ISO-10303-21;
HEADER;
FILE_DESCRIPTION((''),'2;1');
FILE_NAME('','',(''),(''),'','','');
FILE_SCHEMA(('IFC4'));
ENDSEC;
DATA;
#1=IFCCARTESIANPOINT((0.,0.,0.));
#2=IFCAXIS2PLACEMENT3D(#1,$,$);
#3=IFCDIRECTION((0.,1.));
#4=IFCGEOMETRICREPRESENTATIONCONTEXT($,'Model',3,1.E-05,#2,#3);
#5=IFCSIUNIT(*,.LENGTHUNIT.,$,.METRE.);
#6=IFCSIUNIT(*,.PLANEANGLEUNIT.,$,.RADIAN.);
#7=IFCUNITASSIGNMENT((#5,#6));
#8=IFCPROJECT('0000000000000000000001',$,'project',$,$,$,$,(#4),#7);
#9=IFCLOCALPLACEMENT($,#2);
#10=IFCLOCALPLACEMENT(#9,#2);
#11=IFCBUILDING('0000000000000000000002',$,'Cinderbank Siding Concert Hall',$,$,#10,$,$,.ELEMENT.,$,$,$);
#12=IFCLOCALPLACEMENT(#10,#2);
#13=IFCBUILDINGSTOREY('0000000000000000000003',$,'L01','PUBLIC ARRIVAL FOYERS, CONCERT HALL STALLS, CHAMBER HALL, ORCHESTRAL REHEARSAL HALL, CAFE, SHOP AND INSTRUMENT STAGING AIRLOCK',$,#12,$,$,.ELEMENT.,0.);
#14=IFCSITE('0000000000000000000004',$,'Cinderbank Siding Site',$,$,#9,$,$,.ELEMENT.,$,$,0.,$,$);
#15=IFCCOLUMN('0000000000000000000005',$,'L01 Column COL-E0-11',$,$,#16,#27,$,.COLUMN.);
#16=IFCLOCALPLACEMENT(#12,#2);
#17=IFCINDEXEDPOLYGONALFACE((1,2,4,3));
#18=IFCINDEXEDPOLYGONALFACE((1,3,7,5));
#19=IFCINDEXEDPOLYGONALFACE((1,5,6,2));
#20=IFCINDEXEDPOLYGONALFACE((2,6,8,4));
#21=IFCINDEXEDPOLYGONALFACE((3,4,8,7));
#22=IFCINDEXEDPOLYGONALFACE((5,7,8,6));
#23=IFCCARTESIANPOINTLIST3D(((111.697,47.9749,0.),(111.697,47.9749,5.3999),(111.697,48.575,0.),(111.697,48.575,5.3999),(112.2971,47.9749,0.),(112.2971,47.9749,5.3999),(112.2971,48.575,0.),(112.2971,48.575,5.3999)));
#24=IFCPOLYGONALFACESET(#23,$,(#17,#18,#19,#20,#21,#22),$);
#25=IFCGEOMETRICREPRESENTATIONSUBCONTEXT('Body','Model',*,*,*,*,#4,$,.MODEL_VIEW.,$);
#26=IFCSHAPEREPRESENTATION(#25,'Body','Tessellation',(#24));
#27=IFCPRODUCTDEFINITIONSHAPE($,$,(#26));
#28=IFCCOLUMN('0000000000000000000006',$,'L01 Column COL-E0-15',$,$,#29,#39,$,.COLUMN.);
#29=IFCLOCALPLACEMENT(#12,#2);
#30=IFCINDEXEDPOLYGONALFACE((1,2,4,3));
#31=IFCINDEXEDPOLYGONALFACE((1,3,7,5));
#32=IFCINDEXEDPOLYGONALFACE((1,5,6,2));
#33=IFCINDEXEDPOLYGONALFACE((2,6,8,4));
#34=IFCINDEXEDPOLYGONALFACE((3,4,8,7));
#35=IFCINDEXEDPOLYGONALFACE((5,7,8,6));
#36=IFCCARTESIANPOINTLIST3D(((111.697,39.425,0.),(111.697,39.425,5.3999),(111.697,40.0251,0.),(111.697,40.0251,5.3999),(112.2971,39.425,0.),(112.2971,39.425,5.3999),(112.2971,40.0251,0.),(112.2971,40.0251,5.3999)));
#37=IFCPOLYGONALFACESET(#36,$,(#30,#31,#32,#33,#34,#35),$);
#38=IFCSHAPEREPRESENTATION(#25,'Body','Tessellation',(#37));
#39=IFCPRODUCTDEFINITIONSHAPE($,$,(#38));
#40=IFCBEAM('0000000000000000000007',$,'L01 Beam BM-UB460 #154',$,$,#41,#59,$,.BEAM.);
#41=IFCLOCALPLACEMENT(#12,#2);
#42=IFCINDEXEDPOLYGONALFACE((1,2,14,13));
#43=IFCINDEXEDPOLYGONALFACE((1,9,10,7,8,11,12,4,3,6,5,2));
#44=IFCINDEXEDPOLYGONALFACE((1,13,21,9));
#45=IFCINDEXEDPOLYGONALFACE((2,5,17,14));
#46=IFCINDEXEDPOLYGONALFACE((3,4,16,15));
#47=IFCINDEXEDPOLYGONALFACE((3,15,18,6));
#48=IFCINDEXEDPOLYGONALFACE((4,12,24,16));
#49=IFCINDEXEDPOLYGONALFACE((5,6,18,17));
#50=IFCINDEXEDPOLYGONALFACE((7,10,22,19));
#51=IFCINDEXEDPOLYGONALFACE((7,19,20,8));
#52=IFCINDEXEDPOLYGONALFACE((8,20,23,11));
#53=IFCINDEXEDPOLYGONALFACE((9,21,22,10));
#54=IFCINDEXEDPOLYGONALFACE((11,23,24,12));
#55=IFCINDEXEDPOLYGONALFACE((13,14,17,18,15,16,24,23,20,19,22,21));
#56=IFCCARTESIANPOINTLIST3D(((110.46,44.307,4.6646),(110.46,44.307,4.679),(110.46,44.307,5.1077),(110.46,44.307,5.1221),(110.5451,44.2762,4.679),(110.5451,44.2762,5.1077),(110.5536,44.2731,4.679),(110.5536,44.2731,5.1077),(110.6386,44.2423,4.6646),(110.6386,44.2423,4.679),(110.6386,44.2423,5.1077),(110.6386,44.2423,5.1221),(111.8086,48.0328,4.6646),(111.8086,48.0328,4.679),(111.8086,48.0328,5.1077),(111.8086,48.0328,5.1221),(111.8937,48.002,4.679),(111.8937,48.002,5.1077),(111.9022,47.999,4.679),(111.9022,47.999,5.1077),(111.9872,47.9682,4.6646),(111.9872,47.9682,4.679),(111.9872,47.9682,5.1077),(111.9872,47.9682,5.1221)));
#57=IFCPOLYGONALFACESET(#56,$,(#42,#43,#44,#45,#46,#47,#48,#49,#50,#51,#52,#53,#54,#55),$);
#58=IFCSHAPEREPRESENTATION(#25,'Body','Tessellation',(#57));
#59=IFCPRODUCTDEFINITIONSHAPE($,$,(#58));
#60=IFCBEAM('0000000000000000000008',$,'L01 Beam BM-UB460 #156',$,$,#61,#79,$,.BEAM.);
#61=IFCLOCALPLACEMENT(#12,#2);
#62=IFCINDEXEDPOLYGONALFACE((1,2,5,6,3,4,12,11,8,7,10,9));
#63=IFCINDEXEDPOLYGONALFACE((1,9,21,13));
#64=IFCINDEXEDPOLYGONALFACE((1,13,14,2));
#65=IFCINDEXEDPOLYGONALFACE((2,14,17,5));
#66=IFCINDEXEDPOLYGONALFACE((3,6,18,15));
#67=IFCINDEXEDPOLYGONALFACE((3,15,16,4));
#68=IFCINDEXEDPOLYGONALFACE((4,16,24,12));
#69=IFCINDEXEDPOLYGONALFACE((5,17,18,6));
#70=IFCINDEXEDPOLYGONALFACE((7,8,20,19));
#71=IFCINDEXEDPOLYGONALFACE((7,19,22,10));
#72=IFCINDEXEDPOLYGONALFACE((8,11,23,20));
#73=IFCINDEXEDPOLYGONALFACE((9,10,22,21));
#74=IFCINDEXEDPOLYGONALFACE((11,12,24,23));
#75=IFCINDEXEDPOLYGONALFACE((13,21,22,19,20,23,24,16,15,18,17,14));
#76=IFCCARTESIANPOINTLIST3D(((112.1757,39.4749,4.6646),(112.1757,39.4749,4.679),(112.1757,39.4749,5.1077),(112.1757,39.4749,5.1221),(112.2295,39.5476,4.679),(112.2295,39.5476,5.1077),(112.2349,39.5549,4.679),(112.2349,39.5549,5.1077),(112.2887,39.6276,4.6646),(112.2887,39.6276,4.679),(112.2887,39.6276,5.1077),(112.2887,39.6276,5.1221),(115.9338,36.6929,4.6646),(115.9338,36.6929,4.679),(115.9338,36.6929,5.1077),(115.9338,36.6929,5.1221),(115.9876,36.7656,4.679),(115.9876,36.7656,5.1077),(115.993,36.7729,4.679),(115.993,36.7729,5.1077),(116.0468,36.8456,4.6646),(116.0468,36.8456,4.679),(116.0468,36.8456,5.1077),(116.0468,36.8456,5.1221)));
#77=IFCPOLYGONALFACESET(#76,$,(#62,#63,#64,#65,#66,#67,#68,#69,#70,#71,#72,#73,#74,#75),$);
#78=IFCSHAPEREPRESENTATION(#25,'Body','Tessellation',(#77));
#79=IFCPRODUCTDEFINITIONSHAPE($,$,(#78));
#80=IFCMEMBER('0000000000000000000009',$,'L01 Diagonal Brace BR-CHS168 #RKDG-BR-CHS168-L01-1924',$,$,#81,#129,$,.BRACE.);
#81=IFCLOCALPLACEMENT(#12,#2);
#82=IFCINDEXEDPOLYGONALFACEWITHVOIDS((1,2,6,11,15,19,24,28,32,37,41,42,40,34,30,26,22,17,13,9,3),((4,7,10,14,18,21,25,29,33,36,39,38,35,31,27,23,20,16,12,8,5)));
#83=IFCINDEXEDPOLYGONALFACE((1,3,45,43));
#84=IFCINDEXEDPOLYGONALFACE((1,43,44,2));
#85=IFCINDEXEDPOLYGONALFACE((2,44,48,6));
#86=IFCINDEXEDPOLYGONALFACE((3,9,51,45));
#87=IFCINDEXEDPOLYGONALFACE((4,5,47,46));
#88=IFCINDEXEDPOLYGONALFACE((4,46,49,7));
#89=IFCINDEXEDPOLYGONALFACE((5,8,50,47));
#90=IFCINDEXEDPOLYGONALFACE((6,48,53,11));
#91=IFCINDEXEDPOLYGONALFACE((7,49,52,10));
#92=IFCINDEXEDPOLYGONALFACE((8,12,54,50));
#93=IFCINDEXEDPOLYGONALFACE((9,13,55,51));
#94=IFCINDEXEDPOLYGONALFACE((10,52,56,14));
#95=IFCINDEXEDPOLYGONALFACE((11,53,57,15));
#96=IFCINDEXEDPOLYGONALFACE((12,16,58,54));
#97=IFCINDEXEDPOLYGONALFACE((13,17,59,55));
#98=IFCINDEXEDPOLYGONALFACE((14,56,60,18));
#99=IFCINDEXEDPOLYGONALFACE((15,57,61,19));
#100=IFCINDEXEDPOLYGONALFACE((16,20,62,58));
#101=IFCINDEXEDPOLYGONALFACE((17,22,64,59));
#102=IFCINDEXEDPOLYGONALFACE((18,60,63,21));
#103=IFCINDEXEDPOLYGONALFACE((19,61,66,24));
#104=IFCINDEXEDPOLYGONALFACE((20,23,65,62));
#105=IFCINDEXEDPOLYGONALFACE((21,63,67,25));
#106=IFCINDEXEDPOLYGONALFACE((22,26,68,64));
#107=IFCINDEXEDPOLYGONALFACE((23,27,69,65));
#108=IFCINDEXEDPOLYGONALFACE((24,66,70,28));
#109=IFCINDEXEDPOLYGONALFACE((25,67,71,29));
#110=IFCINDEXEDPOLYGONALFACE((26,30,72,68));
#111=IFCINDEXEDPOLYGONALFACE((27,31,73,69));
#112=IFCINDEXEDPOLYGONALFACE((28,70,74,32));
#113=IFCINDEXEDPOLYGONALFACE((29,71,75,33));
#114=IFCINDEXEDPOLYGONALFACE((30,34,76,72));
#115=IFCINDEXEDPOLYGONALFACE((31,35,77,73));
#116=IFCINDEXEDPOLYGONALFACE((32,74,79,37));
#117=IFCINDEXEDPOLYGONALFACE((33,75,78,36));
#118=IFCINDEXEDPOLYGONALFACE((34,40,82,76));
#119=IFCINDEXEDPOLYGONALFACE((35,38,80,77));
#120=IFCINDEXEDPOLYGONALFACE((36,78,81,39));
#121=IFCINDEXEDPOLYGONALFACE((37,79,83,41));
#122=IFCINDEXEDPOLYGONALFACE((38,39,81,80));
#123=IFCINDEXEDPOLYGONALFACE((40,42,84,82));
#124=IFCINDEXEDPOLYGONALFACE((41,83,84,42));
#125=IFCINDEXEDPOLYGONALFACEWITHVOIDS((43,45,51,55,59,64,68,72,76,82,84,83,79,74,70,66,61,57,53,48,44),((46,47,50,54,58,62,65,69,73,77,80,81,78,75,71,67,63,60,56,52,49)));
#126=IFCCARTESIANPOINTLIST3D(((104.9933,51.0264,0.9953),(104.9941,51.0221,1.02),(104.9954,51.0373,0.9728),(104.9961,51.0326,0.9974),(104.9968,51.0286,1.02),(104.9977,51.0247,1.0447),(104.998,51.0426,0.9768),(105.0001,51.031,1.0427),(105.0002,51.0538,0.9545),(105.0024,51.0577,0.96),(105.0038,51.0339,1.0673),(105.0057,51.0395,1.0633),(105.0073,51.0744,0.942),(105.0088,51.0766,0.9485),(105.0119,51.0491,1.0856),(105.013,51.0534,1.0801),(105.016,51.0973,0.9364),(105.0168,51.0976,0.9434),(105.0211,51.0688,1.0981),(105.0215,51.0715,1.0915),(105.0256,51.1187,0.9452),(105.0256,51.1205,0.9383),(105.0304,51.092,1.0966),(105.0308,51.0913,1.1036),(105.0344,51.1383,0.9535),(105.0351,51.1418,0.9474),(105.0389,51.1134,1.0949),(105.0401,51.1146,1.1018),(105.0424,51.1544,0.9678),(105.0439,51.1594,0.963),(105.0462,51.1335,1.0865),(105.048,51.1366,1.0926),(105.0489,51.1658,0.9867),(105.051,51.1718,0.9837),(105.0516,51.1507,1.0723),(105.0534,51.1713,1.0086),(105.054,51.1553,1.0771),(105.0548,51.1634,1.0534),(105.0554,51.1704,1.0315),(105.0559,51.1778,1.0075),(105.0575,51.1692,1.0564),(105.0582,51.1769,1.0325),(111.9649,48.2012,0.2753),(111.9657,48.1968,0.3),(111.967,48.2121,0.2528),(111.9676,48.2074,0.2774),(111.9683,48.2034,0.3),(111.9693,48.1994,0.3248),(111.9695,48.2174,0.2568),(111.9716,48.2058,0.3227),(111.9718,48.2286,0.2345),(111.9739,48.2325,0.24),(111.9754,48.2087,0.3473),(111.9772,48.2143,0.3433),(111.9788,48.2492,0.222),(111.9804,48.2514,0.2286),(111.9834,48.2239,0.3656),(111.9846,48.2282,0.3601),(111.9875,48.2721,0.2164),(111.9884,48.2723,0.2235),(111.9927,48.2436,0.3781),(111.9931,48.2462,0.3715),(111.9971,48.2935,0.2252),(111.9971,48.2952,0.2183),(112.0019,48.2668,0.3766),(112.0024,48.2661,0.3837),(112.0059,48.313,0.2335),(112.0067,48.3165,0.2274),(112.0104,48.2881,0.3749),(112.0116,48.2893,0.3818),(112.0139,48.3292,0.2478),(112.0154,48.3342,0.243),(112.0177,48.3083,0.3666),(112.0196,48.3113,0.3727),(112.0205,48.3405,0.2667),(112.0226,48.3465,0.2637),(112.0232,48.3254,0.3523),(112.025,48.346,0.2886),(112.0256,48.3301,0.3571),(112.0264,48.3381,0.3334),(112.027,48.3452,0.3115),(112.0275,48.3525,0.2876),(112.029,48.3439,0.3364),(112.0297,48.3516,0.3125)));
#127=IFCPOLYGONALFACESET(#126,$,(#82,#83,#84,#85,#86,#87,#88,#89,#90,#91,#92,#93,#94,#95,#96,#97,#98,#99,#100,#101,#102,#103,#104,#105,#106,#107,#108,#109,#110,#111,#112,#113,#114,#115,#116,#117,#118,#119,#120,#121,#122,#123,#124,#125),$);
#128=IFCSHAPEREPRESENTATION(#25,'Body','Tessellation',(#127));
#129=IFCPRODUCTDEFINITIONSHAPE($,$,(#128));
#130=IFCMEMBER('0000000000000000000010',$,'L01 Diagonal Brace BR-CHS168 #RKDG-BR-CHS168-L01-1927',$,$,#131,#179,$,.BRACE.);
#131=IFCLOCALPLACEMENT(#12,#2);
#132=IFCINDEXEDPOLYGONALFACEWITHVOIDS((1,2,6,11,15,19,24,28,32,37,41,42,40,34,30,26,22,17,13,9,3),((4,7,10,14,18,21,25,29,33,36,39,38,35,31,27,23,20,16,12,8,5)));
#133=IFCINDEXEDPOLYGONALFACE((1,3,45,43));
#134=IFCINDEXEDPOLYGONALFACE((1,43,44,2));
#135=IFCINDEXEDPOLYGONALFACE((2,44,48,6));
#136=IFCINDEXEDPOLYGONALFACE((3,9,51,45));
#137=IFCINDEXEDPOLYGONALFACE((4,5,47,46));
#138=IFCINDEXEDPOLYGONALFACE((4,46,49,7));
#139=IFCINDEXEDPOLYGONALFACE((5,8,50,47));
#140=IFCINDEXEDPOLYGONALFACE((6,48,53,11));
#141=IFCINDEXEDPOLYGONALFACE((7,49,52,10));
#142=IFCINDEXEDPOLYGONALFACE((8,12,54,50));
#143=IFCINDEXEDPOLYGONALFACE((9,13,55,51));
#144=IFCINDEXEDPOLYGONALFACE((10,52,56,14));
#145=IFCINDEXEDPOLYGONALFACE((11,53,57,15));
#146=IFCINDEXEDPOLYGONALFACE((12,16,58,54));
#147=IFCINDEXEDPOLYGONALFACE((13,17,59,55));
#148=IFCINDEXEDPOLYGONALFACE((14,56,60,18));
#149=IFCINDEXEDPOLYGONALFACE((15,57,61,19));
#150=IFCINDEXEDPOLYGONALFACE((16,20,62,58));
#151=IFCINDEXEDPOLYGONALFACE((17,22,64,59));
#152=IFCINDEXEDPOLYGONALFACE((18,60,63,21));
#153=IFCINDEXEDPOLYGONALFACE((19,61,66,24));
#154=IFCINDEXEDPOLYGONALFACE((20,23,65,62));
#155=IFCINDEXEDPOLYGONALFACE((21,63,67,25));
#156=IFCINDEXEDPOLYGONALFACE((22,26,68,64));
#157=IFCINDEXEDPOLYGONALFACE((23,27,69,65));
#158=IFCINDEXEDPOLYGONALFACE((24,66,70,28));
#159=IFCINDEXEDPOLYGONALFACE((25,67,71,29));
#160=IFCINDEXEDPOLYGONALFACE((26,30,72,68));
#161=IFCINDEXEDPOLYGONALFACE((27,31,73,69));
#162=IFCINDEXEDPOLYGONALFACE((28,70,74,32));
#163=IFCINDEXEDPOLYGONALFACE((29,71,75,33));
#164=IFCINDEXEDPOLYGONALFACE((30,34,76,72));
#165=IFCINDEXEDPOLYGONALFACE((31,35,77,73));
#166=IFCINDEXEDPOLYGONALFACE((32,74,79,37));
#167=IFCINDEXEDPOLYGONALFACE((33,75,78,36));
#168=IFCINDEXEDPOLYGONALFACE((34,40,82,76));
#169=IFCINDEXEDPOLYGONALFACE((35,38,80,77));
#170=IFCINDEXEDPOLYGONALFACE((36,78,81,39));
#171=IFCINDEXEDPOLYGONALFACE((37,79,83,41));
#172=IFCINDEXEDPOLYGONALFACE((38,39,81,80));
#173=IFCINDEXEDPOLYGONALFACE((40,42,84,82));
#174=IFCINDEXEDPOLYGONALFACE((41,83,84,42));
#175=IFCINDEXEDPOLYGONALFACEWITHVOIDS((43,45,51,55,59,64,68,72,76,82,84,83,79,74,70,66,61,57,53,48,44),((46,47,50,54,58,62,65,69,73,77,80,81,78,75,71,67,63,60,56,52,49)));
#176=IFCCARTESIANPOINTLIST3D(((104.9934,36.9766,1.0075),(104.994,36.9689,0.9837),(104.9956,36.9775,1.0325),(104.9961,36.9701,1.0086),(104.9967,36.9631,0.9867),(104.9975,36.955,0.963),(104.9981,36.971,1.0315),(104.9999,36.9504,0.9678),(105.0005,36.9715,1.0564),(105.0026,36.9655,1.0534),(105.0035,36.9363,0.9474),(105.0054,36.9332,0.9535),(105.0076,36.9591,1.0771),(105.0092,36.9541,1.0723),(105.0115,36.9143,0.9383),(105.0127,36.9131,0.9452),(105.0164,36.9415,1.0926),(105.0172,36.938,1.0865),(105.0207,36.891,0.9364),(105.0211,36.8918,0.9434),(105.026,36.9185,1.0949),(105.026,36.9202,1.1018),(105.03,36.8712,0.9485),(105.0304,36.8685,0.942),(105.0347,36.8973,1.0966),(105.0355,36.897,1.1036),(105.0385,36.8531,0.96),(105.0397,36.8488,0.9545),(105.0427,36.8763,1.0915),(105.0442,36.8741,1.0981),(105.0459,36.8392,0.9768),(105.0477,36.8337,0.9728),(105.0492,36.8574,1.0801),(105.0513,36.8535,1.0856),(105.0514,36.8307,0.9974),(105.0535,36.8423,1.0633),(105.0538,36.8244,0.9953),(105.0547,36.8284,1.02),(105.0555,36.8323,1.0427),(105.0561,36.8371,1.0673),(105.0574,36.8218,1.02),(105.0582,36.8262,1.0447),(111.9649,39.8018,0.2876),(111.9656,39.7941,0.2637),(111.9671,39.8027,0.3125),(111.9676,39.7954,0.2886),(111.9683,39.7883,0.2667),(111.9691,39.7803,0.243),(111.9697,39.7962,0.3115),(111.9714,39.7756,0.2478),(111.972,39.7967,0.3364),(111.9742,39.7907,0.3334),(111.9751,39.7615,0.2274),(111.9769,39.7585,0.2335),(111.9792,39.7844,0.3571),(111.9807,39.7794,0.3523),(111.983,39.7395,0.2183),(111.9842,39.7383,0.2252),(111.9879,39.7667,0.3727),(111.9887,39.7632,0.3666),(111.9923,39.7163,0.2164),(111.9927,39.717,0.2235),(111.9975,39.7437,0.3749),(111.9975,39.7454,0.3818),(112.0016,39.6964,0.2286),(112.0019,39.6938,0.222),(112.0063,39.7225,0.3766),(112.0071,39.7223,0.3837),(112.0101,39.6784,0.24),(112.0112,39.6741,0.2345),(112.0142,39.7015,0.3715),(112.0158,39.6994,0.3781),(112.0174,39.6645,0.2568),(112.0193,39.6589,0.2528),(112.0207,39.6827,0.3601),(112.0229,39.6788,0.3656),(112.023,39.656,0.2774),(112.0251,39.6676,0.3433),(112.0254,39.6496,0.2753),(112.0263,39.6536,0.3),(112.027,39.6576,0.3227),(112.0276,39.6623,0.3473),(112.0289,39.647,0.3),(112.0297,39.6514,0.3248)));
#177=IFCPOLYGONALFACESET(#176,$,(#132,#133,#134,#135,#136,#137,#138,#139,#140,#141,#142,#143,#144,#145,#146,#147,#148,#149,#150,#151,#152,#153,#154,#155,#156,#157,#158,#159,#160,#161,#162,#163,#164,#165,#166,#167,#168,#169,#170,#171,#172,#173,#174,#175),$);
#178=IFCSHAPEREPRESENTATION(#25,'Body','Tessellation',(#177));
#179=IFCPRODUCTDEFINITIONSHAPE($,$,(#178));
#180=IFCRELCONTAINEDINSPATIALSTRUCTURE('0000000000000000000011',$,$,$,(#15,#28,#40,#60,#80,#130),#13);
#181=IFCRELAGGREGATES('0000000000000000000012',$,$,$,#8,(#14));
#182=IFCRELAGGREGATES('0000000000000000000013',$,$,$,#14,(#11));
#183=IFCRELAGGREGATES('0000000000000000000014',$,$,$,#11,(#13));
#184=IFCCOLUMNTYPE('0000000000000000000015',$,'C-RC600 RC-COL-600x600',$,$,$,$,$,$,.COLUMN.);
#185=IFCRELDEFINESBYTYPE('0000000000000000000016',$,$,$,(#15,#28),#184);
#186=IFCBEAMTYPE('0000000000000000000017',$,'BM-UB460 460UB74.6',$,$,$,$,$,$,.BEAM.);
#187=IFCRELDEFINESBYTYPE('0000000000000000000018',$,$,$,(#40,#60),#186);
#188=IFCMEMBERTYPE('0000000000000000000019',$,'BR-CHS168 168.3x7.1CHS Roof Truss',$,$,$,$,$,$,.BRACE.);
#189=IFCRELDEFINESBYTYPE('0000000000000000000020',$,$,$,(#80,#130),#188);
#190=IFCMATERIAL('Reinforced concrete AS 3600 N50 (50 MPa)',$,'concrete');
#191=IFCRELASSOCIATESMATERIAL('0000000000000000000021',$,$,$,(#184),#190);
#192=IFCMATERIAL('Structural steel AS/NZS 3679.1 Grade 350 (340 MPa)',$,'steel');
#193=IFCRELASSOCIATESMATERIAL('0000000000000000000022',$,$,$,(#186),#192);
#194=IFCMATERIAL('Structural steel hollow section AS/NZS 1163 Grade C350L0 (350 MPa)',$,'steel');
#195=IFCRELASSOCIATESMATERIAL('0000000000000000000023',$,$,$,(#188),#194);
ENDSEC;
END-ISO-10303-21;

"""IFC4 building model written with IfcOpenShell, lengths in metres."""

from ifc_helpers import new_model, si_unit, direction, frame, origin, origin_2d, place, context, subcontext, project, spatial, rectangle, hollow_circle, i_section, extrude, material, material_profile, profile_set, type_object, element, save


model = new_model("IFC4")

# Units and contexts
model_context = context("Model", 3, precision=1e-05, world=origin(), true_north=direction((0.0, 1.0)))
body_context = subcontext(model_context, "Body", "Model", "MODEL_VIEW")
ifc_project = project(units=[si_unit("LENGTHUNIT", "METRE"), si_unit("PLANEANGLEUNIT", "RADIAN")], contexts=[model_context])

# Site, building, storey
site_placement = place(None, origin())
site = spatial("IfcSite", under=ifc_project, at=site_placement, Name="Cinderbank Siding Site", CompositionType="ELEMENT", RefElevation=0.0)
building_placement = place(site_placement, origin())
building = spatial("IfcBuilding", under=site, at=building_placement, Name="Cinderbank Siding Concert Hall", CompositionType="ELEMENT")
storey_placement = place(building_placement, origin())
storey = spatial("IfcBuildingStorey", under=building, at=storey_placement, Name="L01", Description="PUBLIC ARRIVAL FOYERS, CONCERT HALL STALLS, CHAMBER HALL, ORCHESTRAL REHEARSAL HALL, CAFE, SHOP AND INSTRUMENT STAGING AIRLOCK", CompositionType="ELEMENT", Elevation=0.0)

# Columns
ifc_material_1 = material(Name="Reinforced concrete AS 3600 N50 (50 MPa)", Category="concrete")
ifc_material_profile_1 = material_profile(ifc_material_1, rectangle(XDim=0.6001, YDim=0.6001, at=origin_2d()), Name="RC-COL-600x600", Category="LoadBearing")
ifc_profile_set_1 = profile_set([ifc_material_profile_1], Name="Reinforced concrete AS 3600 N50 (50 MPa)")
column_type = type_object("IfcColumnType", Name="C-RC600 RC-COL-600x600", PredefinedType="COLUMN", material=ifc_profile_set_1)
for number, where, z_axis, x_axis, name in (
    (1, (111.9971, 48.2749, 0.0), (0.0, 0.0, 1.0), (1.0, 0.0, 0.0), "L01 Column COL-E0-11"),
    (2, (111.9971, 39.7251, 0.0), (0.0, 0.0, 1.0), (1.0, 0.0, 0.0), "L01 Column COL-E0-15"),
):
    element("IfcColumn", number, at=place(storey_placement, frame(where, z_axis=z_axis, x_axis=x_axis)), inside=storey, type_object=column_type, Name=name, PredefinedType="COLUMN", context=body_context, shape_type="SweptSolid", body=[
        extrude(rectangle(XDim=0.6001, YDim=0.6001, at=origin_2d()), origin(), (0.0, 0.0, 1.0), 5.3999),
    ])

# Beams
ifc_material_2 = material(Name="Structural steel AS/NZS 3679.1 Grade 350 (340 MPa)", Category="steel")
ifc_material_profile_2 = material_profile(ifc_material_2, i_section(OverallWidth=0.1899, OverallDepth=0.4575, WebThickness=0.009, FlangeThickness=0.0144, at=origin_2d()), Name="460UB74.6", Category="LoadBearing")
ifc_profile_set_2 = profile_set([ifc_material_profile_2], Name="Structural steel AS/NZS 3679.1 Grade 350 (340 MPa)")
beam_type_1 = type_object("IfcBeamType", Name="BM-UB460 460UB74.6", PredefinedType="BEAM", material=ifc_profile_set_2)
beam_1_placement = place(storey_placement, frame((111.8979, 48.0005, 4.8933), z_axis=(-0.340357, -0.940296, 0.0), x_axis=(0.940296, -0.340357, 0.0)))
element("IfcBeam", 3, at=beam_1_placement, inside=storey, type_object=beam_type_1, Name="L01 Beam BM-UB460 #154", PredefinedType="BEAM", context=body_context, shape_type="SweptSolid", body=[
    extrude(i_section(OverallWidth=0.1899, OverallDepth=0.4575, WebThickness=0.009, FlangeThickness=0.0144, at=origin_2d()), origin(), (0.0, 0.0, 1.0), 3.9624),
])
beam_2_placement = place(storey_placement, frame((112.2322, 39.5513, 4.8933), z_axis=(0.803738, -0.594984, 0.0), x_axis=(0.594984, 0.803738, 0.0)))
element("IfcBeam", 4, at=beam_2_placement, inside=storey, type_object=beam_type_1, Name="L01 Beam BM-UB460 #156", PredefinedType="BEAM", context=body_context, shape_type="SweptSolid", body=[
    extrude(i_section(OverallWidth=0.1899, OverallDepth=0.4575, WebThickness=0.009, FlangeThickness=0.0144, at=origin_2d()), origin(), (0.0, 0.0, 1.0), 4.6758),
])

# Members
ifc_material_3 = material(Name="Structural steel hollow section AS/NZS 1163 Grade C350L0 (350 MPa)", Category="steel")
ifc_material_profile_3 = material_profile(ifc_material_3, hollow_circle(Radius=0.0842, WallThickness=0.0071, at=origin_2d()), Name="168.3x7.1CHS", Category="LoadBearing")
ifc_profile_set_3 = profile_set([ifc_material_profile_3], Name="Structural steel hollow section AS/NZS 1163 Grade C350L0 (350 MPa)")
member_type_1 = type_object("IfcMemberType", Name="BR-CHS168 168.3x7.1CHS Roof Truss", PredefinedType="BRACE", material=ifc_profile_set_3)
for number, where, z_axis, x_axis, name in (
    (5, (111.9973, 48.2749, 0.3), (-0.922572, 0.373875, 0.095278), (-0.375584, -0.926788, 0.0), "L01 Diagonal Brace BR-CHS168 #RKDG-BR-CHS168-L01-1924"),
    (6, (111.9973, 39.7251, 0.3), (-0.922572, -0.373875, 0.095278), (0.375584, -0.926788, 0.0), "L01 Diagonal Brace BR-CHS168 #RKDG-BR-CHS168-L01-1927"),
):
    element("IfcMember", number, at=place(storey_placement, frame(where, z_axis=z_axis, x_axis=x_axis)), inside=storey, type_object=member_type_1, Name=name, PredefinedType="BRACE", context=body_context, shape_type="SweptSolid", body=[
        extrude(hollow_circle(Radius=0.0842, WallThickness=0.0071, at=origin_2d()), origin(), (0.0, 0.0, 1.0), 7.5566),
    ])

save(model, "model.ifc")
